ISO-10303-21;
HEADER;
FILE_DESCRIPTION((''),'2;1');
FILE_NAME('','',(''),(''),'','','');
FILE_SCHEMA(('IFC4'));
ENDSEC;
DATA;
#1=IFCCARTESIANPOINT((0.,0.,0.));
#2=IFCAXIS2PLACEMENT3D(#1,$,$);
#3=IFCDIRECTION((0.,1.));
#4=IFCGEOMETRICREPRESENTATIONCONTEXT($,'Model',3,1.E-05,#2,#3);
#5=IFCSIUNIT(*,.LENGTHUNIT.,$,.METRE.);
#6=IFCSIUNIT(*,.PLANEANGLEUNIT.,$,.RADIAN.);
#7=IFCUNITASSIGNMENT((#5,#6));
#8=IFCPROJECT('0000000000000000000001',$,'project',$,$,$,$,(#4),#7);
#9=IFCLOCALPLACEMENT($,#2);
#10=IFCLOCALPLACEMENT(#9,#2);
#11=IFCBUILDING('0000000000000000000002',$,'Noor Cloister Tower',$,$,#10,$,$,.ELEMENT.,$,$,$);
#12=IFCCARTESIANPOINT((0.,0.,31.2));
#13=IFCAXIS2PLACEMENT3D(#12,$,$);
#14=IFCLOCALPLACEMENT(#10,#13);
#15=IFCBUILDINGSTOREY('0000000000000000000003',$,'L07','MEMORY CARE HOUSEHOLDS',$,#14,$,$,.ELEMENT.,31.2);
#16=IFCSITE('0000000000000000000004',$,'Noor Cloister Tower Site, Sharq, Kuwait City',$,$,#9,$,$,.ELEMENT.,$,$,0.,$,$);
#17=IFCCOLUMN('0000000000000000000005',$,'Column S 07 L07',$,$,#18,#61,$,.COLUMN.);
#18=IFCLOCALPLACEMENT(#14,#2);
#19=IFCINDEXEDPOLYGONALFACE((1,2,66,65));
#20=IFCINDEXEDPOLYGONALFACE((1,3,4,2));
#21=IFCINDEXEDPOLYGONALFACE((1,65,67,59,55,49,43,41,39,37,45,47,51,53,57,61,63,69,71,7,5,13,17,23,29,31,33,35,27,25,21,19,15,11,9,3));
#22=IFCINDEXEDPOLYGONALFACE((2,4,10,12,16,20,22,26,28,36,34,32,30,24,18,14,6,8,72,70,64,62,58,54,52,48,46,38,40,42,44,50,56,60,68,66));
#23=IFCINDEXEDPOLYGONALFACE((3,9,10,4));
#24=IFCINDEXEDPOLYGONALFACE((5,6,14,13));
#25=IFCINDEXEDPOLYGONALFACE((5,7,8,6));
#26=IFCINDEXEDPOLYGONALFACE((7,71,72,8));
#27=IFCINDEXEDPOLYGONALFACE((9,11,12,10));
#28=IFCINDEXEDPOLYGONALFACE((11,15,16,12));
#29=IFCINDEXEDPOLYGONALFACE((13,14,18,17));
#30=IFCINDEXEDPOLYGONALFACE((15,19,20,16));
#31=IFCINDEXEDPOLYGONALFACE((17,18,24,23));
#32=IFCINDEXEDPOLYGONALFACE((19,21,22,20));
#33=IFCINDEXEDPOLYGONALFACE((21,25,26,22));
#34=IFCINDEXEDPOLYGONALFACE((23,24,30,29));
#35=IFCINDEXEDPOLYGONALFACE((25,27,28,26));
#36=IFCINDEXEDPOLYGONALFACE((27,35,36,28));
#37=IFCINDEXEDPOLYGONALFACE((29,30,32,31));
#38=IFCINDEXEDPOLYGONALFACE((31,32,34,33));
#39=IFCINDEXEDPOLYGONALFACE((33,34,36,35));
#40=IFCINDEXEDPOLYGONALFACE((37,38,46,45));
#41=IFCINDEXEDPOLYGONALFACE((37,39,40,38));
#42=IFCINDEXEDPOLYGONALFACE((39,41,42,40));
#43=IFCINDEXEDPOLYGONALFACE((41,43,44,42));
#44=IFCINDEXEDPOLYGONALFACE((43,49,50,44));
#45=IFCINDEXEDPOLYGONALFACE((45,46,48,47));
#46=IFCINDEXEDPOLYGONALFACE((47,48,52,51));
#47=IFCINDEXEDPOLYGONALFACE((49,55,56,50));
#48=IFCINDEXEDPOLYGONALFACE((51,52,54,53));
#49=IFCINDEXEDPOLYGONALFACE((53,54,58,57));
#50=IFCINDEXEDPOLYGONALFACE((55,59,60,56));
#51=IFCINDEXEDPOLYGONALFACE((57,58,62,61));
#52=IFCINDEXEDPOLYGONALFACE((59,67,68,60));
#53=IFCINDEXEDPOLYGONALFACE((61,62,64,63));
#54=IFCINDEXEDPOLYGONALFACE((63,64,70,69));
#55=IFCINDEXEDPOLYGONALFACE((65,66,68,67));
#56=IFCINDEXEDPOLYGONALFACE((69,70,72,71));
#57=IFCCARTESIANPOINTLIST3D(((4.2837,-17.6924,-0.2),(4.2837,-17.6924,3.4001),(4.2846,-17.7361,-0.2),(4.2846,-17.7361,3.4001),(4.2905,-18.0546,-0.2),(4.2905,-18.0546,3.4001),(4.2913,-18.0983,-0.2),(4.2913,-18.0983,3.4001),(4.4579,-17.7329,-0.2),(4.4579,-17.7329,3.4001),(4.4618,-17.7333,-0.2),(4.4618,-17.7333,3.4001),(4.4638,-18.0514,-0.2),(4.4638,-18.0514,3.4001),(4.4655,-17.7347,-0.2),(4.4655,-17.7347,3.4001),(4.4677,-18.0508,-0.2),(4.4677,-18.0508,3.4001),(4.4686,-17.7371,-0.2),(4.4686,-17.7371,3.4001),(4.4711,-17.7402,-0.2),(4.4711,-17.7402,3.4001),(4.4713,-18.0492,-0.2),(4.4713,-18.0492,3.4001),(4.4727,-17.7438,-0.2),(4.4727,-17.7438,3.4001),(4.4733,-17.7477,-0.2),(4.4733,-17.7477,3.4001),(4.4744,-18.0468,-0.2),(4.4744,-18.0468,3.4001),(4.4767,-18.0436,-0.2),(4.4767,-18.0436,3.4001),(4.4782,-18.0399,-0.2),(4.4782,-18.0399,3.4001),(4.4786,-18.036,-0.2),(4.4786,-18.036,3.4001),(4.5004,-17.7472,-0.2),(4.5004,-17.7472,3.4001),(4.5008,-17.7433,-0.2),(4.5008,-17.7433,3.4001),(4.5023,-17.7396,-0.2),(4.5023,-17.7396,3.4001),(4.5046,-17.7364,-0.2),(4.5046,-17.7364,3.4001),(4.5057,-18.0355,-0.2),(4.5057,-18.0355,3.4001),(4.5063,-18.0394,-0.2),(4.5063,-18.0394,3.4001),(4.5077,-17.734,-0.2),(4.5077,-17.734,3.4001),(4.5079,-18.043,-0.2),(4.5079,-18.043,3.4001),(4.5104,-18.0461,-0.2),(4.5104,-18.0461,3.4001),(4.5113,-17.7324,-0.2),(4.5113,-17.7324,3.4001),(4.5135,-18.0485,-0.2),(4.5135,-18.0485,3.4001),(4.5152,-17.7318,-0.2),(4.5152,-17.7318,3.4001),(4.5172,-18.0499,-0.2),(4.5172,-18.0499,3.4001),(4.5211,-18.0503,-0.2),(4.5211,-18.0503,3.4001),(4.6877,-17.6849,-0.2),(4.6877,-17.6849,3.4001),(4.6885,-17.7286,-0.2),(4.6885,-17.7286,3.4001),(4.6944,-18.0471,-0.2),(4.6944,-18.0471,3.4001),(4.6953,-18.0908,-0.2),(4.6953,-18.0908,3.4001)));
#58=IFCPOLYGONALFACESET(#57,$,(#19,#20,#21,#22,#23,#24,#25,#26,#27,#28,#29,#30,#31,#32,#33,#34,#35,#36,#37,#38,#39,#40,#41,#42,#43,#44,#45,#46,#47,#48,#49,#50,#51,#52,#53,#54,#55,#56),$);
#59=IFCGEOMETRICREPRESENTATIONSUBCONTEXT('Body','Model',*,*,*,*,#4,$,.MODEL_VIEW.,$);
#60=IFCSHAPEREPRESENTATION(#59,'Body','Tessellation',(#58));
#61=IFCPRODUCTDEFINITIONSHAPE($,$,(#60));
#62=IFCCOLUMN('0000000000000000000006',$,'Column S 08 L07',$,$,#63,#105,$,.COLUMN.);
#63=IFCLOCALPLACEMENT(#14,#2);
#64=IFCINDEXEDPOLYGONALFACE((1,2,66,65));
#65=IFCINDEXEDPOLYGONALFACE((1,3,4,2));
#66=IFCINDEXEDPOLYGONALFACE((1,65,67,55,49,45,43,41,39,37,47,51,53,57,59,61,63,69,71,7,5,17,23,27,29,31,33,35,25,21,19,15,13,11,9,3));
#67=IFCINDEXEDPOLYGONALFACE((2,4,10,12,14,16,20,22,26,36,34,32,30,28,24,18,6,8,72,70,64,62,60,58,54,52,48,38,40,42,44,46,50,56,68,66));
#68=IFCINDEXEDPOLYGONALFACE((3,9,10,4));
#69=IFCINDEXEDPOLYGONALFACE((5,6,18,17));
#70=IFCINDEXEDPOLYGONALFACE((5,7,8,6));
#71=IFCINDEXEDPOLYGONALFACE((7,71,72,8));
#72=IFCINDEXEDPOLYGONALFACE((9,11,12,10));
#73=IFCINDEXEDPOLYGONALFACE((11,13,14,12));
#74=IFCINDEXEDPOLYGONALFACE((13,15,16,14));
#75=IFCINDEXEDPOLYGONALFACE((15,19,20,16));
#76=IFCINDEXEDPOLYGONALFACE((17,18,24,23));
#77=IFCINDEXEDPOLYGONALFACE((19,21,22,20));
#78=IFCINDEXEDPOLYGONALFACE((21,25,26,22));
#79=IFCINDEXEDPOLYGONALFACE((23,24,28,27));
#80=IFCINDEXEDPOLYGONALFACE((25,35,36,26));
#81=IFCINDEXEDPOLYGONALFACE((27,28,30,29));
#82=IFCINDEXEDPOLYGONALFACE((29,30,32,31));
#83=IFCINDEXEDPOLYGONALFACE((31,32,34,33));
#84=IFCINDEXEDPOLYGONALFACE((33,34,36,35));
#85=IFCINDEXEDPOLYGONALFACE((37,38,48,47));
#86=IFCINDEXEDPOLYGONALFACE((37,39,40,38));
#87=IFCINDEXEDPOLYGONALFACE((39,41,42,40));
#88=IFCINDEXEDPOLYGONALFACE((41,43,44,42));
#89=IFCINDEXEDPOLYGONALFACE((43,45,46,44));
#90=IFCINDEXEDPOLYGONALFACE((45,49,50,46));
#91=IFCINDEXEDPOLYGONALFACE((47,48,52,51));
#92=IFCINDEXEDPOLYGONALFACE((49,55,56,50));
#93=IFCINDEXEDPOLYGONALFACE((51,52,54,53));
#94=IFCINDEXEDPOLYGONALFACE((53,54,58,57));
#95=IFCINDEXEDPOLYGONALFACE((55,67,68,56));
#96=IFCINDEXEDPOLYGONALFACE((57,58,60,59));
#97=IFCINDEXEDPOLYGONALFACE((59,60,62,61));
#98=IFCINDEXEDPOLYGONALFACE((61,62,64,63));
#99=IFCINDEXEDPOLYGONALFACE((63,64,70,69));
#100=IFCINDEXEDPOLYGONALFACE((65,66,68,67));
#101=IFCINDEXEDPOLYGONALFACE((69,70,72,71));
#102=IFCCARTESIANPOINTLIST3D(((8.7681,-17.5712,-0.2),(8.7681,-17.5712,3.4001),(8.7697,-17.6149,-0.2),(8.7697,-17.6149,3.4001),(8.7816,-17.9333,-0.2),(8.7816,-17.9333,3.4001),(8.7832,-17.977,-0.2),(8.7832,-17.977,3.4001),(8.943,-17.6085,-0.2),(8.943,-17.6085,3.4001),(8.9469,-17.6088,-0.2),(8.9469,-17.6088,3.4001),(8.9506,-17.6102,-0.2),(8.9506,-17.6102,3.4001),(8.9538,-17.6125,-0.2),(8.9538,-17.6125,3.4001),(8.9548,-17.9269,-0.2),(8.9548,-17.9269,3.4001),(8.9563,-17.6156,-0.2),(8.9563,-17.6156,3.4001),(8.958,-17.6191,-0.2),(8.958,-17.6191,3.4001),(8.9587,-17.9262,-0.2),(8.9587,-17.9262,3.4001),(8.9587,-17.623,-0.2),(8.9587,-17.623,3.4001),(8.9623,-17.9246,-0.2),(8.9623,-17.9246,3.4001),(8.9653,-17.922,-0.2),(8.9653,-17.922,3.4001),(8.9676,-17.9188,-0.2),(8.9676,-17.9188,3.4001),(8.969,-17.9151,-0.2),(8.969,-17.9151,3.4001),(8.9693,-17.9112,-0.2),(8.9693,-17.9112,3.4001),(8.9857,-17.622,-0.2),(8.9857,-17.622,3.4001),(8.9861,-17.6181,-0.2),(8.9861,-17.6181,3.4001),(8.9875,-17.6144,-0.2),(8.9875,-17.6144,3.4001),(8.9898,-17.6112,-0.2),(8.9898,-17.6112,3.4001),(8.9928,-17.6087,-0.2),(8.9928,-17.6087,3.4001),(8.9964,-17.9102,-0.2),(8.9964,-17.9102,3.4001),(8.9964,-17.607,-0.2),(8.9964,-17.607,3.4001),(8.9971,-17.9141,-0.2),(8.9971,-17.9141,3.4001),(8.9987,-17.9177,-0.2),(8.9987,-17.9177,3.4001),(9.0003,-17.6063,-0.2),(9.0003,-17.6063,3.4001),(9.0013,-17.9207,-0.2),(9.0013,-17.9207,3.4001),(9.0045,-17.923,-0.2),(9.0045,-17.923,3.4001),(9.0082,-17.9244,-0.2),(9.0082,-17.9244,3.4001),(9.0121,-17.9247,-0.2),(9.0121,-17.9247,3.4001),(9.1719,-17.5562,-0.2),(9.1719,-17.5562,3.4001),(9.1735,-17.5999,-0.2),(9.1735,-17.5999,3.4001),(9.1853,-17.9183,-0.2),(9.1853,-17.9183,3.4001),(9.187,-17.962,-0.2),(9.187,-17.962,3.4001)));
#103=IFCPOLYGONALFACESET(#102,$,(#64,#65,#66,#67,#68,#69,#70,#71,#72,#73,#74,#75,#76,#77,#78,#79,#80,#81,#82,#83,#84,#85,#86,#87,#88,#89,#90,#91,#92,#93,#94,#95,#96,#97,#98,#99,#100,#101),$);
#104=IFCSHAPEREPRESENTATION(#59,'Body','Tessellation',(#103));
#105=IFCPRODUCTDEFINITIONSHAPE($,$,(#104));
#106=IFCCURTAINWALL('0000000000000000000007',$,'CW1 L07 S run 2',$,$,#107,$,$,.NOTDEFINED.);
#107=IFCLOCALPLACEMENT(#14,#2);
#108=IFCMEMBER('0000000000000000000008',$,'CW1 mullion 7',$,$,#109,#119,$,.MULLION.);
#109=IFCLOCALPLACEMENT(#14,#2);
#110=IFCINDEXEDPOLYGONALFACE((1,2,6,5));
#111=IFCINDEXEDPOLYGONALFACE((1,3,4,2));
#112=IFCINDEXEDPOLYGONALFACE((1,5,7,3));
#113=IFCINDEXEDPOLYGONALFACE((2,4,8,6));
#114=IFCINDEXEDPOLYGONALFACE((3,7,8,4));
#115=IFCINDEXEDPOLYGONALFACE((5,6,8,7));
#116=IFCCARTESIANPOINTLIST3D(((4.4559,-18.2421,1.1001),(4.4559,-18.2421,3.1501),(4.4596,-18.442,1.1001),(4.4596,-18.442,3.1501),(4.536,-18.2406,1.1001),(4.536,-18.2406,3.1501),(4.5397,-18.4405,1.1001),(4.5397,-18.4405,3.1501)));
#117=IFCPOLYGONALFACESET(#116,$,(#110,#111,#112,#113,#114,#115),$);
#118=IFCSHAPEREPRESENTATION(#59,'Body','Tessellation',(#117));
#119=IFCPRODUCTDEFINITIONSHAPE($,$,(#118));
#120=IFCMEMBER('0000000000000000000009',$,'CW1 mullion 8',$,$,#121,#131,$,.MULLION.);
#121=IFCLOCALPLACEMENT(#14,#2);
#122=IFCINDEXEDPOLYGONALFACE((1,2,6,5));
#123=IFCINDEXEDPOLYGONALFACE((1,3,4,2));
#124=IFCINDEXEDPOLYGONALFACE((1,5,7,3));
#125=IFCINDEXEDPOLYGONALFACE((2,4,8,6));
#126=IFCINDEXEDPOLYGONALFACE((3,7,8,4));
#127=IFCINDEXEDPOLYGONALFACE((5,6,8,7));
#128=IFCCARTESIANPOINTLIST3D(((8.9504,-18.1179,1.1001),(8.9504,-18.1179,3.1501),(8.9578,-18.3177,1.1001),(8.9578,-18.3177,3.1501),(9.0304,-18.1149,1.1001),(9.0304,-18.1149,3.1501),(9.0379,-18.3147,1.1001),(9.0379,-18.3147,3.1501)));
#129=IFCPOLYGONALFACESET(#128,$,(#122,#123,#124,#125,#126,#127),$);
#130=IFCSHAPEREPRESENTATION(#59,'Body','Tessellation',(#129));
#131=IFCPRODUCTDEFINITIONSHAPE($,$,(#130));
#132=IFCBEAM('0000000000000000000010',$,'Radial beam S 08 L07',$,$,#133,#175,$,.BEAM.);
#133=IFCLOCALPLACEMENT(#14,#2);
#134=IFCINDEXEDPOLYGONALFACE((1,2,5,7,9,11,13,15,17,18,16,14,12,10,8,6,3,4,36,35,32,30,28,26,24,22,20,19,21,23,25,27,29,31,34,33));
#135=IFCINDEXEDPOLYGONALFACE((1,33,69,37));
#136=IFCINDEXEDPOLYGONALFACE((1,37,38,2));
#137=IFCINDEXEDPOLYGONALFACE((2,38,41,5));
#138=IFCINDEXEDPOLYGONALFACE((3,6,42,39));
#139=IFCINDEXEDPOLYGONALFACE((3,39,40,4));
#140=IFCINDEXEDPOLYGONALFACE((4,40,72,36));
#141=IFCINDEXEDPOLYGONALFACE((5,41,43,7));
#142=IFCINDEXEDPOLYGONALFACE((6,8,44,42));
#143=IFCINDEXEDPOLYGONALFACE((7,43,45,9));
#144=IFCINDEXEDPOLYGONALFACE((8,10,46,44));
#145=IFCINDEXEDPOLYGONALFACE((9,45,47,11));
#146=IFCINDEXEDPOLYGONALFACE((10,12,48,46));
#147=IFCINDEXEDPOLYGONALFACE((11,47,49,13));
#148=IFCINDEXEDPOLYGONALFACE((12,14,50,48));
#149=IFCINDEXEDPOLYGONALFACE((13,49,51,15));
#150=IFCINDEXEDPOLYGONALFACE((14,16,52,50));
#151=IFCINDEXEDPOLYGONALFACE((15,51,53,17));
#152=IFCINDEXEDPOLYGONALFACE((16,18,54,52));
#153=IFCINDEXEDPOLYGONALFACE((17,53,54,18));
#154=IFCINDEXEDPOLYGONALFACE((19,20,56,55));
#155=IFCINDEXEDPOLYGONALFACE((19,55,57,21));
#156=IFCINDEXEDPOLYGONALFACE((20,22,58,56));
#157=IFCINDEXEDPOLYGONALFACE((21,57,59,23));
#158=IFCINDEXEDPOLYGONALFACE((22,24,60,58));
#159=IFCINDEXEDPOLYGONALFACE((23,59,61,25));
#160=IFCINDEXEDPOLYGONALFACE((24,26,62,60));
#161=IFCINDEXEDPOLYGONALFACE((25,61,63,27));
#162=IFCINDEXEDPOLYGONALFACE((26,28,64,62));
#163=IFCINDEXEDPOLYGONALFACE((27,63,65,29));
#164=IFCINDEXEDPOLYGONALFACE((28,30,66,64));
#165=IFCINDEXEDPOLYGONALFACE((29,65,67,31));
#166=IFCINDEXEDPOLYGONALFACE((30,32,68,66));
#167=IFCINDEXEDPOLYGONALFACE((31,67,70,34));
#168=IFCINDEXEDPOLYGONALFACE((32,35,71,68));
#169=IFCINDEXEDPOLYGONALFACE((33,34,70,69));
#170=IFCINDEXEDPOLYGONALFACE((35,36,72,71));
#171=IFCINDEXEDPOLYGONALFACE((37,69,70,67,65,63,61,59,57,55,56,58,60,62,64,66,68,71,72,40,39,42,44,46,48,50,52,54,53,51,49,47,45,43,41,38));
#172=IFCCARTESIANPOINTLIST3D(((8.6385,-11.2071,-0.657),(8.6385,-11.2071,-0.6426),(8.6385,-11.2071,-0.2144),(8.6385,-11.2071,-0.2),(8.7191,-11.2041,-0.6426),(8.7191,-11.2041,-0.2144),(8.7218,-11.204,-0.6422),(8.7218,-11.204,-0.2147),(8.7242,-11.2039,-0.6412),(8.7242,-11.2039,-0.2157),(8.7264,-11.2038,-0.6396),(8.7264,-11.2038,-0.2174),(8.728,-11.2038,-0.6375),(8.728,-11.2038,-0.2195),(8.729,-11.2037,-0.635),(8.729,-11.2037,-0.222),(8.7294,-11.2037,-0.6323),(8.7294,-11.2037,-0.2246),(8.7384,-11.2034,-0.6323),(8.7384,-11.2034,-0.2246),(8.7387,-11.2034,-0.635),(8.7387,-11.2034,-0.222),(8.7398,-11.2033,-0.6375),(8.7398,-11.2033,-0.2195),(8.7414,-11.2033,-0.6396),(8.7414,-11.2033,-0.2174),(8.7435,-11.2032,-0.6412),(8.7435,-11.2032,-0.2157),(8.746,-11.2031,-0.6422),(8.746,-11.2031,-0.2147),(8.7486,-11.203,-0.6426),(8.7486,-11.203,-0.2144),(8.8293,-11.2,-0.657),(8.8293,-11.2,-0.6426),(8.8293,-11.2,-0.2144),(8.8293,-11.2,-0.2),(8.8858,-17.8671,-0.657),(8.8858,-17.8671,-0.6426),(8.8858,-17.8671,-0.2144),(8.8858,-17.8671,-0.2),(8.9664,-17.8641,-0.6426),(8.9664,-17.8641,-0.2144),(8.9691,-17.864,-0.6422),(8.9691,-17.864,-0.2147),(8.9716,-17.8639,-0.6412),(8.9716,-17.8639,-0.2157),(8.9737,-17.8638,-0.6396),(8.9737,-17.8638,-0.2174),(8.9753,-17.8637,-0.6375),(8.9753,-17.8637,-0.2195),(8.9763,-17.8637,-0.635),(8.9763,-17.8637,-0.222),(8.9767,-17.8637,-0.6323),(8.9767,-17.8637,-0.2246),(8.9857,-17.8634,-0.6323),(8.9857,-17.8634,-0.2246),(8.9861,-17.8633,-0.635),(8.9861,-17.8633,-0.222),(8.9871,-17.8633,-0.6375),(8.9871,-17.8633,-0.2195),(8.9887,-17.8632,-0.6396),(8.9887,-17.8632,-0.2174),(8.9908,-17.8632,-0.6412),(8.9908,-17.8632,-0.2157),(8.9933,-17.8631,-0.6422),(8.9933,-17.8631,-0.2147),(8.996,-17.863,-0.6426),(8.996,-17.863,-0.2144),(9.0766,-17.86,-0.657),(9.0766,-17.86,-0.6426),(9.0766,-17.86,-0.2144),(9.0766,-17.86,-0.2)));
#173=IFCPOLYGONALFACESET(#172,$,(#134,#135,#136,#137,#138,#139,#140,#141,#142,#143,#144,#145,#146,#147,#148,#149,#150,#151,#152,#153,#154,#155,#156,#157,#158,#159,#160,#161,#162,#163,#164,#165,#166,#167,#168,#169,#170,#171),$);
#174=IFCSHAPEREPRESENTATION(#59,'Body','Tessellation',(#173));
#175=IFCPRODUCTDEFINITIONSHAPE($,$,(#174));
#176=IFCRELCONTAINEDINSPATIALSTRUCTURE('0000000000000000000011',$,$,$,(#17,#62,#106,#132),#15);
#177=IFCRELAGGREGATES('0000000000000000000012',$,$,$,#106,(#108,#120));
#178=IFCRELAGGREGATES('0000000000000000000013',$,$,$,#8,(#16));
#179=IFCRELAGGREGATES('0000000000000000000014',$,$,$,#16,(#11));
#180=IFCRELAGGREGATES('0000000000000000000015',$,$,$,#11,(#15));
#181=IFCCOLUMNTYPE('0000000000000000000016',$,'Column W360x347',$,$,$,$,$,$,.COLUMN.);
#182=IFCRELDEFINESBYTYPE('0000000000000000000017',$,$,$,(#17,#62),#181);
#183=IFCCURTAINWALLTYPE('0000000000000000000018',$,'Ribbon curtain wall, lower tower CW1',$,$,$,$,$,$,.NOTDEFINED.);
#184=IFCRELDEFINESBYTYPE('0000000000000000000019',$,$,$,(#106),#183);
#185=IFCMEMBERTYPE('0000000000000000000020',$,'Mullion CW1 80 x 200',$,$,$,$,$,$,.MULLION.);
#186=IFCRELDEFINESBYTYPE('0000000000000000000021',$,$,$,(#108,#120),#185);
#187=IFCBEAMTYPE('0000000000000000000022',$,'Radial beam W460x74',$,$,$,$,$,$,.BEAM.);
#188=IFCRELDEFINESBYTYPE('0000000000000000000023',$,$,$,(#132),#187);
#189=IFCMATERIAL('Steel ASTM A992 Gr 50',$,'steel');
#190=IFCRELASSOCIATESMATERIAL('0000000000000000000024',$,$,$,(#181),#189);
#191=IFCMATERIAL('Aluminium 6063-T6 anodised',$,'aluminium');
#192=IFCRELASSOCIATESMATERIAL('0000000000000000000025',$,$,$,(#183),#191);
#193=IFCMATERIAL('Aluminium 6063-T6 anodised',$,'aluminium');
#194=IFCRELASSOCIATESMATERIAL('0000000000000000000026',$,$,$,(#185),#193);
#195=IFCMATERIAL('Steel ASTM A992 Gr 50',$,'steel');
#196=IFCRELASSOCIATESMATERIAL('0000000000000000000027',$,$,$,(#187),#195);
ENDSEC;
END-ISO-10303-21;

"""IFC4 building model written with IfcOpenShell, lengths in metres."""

from ifc_helpers import new_model, si_unit, direction, frame, origin, origin_2d, place, context, subcontext, project, spatial, rectangle, i_section, extrude, material, material_profile, profile_set, type_object, element, aggregate, save


model = new_model("IFC4")

# Units and contexts
model_context = context("Model", 3, precision=1e-05, world=origin(), true_north=direction((0.0, 1.0)))
body_context = subcontext(model_context, "Body", "Model", "MODEL_VIEW")
ifc_project = project(units=[si_unit("LENGTHUNIT", "METRE"), si_unit("PLANEANGLEUNIT", "RADIAN")], contexts=[model_context])

# Site, building, storey
site_placement = place(None, origin())
site = spatial("IfcSite", under=ifc_project, at=site_placement, Name="Noor Cloister Tower Site, Sharq, Kuwait City", CompositionType="ELEMENT", RefElevation=0.0)
building_placement = place(site_placement, origin())
building = spatial("IfcBuilding", under=site, at=building_placement, Name="Noor Cloister Tower", CompositionType="ELEMENT")
storey_placement = place(building_placement, frame((0.0, 0.0, 31.2)))
storey = spatial("IfcBuildingStorey", under=building, at=storey_placement, Name="L07", Description="MEMORY CARE HOUSEHOLDS", CompositionType="ELEMENT", Elevation=31.2)

# Columns
ifc_material_1 = material(Name="Steel ASTM A992 Gr 50", Category="steel")
ifc_material_profile_1 = material_profile(ifc_material_1, i_section(OverallWidth=0.4041, OverallDepth=0.406, WebThickness=0.0271, FlangeThickness=0.0437, FilletRadius=0.0151, at=origin_2d()), Name="W360x347")
ifc_profile_set_1 = profile_set([ifc_material_profile_1], Name="Steel ASTM A992 Gr 50")
column_type = type_object("IfcColumnType", Name="Column W360x347", PredefinedType="COLUMN", material=ifc_profile_set_1)
for number, where, z_axis, x_axis, name in (
    (1, (4.4895, -17.8916, -0.2), (0.0, 0.0, 1.0), (0.999828, 0.018553, 0.0), "Column S 07 L07"),
    (2, (8.9775, -17.7666, -0.2), (0.0, 0.0, 1.0), (0.999312, 0.037099, 0.0), "Column S 08 L07"),
):
    element("IfcColumn", number, at=place(storey_placement, frame(where, z_axis=z_axis, x_axis=x_axis)), inside=storey, type_object=column_type, Name=name, PredefinedType="COLUMN", context=body_context, shape_type="SweptSolid", body=[
        extrude(i_section(OverallWidth=0.4041, OverallDepth=0.406, WebThickness=0.0271, FlangeThickness=0.0437, FilletRadius=0.0151, at=origin_2d()), origin(), (0.0, 0.0, 1.0), 3.6001),
    ])

# Curtain wall, members
ifc_material_2 = material(Name="Aluminium 6063-T6 anodised", Category="aluminium")
curtain_wall_type = type_object("IfcCurtainWallType", Name="Ribbon curtain wall, lower tower CW1", PredefinedType="NOTDEFINED", material=ifc_material_2)
curtain_wall_placement = place(storey_placement, origin())
curtain_wall = element("IfcCurtainWall", 3, at=curtain_wall_placement, inside=storey, type_object=curtain_wall_type, Name="CW1 L07 S run 2", PredefinedType="NOTDEFINED")
ifc_material_3 = material(Name="Aluminium 6063-T6 anodised", Category="aluminium")
ifc_material_profile_2 = material_profile(ifc_material_3, rectangle(XDim=0.2, YDim=0.0801, at=origin_2d()), Name="200 x 80 mullion")
ifc_profile_set_2 = profile_set([ifc_material_profile_2], Name="Aluminium 6063-T6 anodised")
member_type = type_object("IfcMemberType", Name="Mullion CW1 80 x 200", PredefinedType="MULLION", material=ifc_profile_set_2)
member_1_placement = place(storey_placement, frame((4.4978, -18.3413, 1.1001), z_axis=(0.0, 0.0, 1.0), x_axis=(-0.018553, 0.999828, 0.0)))
member_1 = element("IfcMember", 4, at=member_1_placement, type_object=member_type, Name="CW1 mullion 7", PredefinedType="MULLION", context=body_context, shape_type="SweptSolid", body=[
    extrude(rectangle(XDim=0.2, YDim=0.0801, at=origin_2d()), origin(), (0.0, 0.0, 1.0), 2.05),
])
member_2_placement = place(storey_placement, frame((8.9941, -18.2163, 1.1001), z_axis=(0.0, 0.0, 1.0), x_axis=(-0.037099, 0.999312, 0.0)))
member_2 = element("IfcMember", 5, at=member_2_placement, type_object=member_type, Name="CW1 mullion 8", PredefinedType="MULLION", context=body_context, shape_type="SweptSolid", body=[
    extrude(rectangle(XDim=0.2, YDim=0.0801, at=origin_2d()), origin(), (0.0, 0.0, 1.0), 2.05),
])

# Beam
ifc_material_4 = material(Name="Steel ASTM A992 Gr 50", Category="steel")
ifc_material_profile_3 = material_profile(ifc_material_4, i_section(OverallWidth=0.1909, OverallDepth=0.457, WebThickness=0.009, FlangeThickness=0.0144, FilletRadius=0.0103, at=origin_2d()), Name="W460x74")
ifc_profile_set_3 = profile_set([ifc_material_profile_3], Name="Steel ASTM A992 Gr 50")
beam_type_1 = type_object("IfcBeamType", Name="Radial beam W460x74", PredefinedType="BEAM", material=ifc_profile_set_3)
beam_1_placement = place(storey_placement, frame((8.9812, -17.8635, -0.4285), z_axis=(-0.037109, 0.999311, 0.0), x_axis=(-0.999311, -0.037109, 0.0)))
element("IfcBeam", 6, at=beam_1_placement, inside=storey, type_object=beam_type_1, Name="Radial beam S 08 L07", PredefinedType="BEAM", context=body_context, shape_type="SweptSolid", body=[
    extrude(i_section(OverallWidth=0.1909, OverallDepth=0.457, WebThickness=0.009, FlangeThickness=0.0144, FilletRadius=0.0103, at=origin_2d()), origin(), (0.0, 0.0, 1.0), 6.6646),
])

aggregate(curtain_wall, [member_1, member_2])

save(model, "model.ifc")
